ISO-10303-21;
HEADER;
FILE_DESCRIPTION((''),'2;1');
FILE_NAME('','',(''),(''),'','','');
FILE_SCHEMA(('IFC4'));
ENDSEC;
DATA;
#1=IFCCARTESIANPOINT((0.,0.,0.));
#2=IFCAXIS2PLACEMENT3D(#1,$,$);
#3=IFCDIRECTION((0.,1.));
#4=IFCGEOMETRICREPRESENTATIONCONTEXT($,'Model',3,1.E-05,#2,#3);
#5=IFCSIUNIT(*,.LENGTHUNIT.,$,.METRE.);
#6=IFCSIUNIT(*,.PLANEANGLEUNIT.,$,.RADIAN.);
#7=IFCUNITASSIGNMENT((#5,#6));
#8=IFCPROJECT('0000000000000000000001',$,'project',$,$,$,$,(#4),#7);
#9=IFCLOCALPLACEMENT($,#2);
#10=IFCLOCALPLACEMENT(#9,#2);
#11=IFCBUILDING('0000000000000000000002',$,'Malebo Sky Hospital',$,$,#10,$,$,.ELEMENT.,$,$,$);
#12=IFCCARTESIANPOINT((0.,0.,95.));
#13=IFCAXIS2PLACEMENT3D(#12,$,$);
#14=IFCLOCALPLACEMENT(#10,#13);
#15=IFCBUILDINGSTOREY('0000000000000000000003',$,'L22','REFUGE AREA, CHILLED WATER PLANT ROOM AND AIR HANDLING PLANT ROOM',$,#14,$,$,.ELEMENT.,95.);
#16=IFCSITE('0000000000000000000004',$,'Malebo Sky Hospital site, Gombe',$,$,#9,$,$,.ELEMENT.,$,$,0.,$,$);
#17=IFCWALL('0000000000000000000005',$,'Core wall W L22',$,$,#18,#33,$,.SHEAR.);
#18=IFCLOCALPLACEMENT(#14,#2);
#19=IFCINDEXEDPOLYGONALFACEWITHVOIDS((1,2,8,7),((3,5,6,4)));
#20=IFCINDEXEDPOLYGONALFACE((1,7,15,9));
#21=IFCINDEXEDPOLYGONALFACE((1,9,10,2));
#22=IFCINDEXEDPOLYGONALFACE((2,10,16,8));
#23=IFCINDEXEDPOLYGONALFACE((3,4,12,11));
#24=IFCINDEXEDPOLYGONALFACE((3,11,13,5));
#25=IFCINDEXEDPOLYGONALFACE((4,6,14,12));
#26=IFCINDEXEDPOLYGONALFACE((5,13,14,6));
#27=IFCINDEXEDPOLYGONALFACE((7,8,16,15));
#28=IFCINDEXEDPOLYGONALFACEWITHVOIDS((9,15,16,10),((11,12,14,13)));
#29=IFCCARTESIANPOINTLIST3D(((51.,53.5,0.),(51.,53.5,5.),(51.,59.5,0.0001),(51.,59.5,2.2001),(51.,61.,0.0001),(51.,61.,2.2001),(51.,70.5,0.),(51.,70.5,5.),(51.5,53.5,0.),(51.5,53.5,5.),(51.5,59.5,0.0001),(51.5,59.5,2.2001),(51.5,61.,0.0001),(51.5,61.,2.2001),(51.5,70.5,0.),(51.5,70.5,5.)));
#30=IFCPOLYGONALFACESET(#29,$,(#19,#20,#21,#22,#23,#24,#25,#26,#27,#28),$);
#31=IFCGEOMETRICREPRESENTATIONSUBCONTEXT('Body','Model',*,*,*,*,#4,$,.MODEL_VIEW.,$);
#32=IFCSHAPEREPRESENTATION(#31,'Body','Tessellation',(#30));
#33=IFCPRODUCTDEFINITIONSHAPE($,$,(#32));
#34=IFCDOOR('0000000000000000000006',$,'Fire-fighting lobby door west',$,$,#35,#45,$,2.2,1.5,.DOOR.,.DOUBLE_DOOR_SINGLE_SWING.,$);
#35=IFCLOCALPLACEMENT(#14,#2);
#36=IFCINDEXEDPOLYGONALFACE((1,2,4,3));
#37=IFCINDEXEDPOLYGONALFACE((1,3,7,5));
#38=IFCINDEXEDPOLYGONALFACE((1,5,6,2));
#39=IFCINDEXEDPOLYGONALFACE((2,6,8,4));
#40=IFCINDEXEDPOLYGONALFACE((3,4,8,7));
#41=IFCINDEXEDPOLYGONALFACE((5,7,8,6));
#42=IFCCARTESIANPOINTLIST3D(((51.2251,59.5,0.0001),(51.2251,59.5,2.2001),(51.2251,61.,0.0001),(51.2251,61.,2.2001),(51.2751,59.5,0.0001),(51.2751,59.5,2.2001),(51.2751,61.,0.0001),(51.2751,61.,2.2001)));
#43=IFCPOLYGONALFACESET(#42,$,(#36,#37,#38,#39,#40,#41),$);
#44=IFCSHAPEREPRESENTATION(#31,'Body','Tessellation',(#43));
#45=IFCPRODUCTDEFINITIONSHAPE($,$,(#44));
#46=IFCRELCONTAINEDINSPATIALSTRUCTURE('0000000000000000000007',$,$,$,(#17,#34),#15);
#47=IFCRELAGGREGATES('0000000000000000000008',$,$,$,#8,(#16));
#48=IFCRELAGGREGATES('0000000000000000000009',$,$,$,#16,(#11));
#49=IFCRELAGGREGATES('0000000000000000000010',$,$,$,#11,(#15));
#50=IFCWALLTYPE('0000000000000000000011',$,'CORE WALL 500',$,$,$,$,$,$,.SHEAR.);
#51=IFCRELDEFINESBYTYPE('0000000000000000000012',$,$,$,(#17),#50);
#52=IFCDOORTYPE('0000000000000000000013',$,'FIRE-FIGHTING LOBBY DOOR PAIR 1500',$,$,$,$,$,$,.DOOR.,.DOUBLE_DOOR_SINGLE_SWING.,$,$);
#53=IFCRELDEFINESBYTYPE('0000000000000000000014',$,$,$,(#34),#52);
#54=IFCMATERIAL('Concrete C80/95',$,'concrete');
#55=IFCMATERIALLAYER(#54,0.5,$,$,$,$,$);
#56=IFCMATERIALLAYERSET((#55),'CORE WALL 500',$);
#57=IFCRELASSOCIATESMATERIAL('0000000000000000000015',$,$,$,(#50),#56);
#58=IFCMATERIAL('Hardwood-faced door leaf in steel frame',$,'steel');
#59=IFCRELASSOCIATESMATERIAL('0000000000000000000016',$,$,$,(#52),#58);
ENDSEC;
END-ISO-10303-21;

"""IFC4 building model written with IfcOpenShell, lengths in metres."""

from ifc_helpers import new_model, si_unit, direction, frame, frame_2d, origin, place, context, subcontext, project, spatial, rectangle, extrude, material, layer, layer_set, type_object, element, fill, save


model = new_model("IFC4")

# Units and contexts
model_context = context("Model", 3, precision=1e-05, world=origin(), true_north=direction((0.0, 1.0)))
body_context = subcontext(model_context, "Body", "Model", "MODEL_VIEW")
ifc_project = project(units=[si_unit("LENGTHUNIT", "METRE"), si_unit("PLANEANGLEUNIT", "RADIAN")], contexts=[model_context])

# Site, building, storey
site_placement = place(None, origin())
site = spatial("IfcSite", under=ifc_project, at=site_placement, Name="Malebo Sky Hospital site, Gombe", CompositionType="ELEMENT", RefElevation=0.0)
building_placement = place(site_placement, origin())
building = spatial("IfcBuilding", under=site, at=building_placement, Name="Malebo Sky Hospital", CompositionType="ELEMENT")
storey_placement = place(building_placement, frame((0.0, 0.0, 95.0)))
storey = spatial("IfcBuildingStorey", under=building, at=storey_placement, Name="L22", Description="REFUGE AREA, CHILLED WATER PLANT ROOM AND AIR HANDLING PLANT ROOM", CompositionType="ELEMENT", Elevation=95.0)

# Shared definitions
ifc_material_1 = material(Name="Concrete C80/95", Category="concrete")

# Wall, opening, door
ifc_layer_1 = layer(ifc_material_1, 0.5)
ifc_layer_set_1 = layer_set([ifc_layer_1], Name="CORE WALL 500")
wall_type_1 = type_object("IfcWallType", Name="CORE WALL 500", PredefinedType="SHEAR", material=ifc_layer_set_1)
ifc_material_2 = material(Name="Hardwood-faced door leaf in steel frame", Category="steel")
wall_1_placement = place(storey_placement, frame((51.25, 53.5, 0.0), z_axis=(0.0, 0.0, 1.0), x_axis=(0.0, 1.0, 0.0)))
wall_1 = element("IfcWall", 1, at=wall_1_placement, inside=storey, type_object=wall_type_1, Name="Core wall W L22", PredefinedType="SHEAR", context=body_context, shape_type="SweptSolid", body=[
    extrude(rectangle(XDim=17.0, YDim=0.5, at=frame_2d((8.5, 0.0))), origin(), (0.0, 0.0, 1.0), 5.0),
])
opening_1_placement = place(wall_1_placement, frame((6.0, 0.0, 0.0)))
opening_1 = element("IfcOpeningElement", 2, at=opening_1_placement, cuts=wall_1, PredefinedType="OPENING", context=body_context, shape_type="SweptSolid", body=[
    extrude(rectangle(XDim=1.5, YDim=2.2, at=frame_2d((0.75, 1.1001))), frame((0.0, 0.26, 0.0), z_axis=(0.0, -1.0, 0.0), x_axis=(1.0, 0.0, 0.0)), (0.0, 0.0, 1.0), 0.52),
])
door_type_1 = type_object("IfcDoorType", Name="FIRE-FIGHTING LOBBY DOOR PAIR 1500", OperationType="DOUBLE_DOOR_SINGLE_SWING", PredefinedType="DOOR", material=ifc_material_2)
door_1_placement = place(opening_1_placement, origin())
door_1 = element("IfcDoor", 3, at=door_1_placement, inside=storey, type_object=door_type_1, Name="Fire-fighting lobby door west", OperationType="DOUBLE_DOOR_SINGLE_SWING", OverallHeight=2.2, OverallWidth=1.5, PredefinedType="DOOR", context=body_context, shape_type="SweptSolid", body=[
    extrude(rectangle(XDim=1.5, YDim=2.2, at=frame_2d((0.75, 1.1001))), frame((0.0, 0.0249, 0.0), z_axis=(0.0, -1.0, 0.0), x_axis=(1.0, 0.0, 0.0)), (0.0, 0.0, 1.0), 0.05),
])
fill(opening_1, door_1)

save(model, "model.ifc")
